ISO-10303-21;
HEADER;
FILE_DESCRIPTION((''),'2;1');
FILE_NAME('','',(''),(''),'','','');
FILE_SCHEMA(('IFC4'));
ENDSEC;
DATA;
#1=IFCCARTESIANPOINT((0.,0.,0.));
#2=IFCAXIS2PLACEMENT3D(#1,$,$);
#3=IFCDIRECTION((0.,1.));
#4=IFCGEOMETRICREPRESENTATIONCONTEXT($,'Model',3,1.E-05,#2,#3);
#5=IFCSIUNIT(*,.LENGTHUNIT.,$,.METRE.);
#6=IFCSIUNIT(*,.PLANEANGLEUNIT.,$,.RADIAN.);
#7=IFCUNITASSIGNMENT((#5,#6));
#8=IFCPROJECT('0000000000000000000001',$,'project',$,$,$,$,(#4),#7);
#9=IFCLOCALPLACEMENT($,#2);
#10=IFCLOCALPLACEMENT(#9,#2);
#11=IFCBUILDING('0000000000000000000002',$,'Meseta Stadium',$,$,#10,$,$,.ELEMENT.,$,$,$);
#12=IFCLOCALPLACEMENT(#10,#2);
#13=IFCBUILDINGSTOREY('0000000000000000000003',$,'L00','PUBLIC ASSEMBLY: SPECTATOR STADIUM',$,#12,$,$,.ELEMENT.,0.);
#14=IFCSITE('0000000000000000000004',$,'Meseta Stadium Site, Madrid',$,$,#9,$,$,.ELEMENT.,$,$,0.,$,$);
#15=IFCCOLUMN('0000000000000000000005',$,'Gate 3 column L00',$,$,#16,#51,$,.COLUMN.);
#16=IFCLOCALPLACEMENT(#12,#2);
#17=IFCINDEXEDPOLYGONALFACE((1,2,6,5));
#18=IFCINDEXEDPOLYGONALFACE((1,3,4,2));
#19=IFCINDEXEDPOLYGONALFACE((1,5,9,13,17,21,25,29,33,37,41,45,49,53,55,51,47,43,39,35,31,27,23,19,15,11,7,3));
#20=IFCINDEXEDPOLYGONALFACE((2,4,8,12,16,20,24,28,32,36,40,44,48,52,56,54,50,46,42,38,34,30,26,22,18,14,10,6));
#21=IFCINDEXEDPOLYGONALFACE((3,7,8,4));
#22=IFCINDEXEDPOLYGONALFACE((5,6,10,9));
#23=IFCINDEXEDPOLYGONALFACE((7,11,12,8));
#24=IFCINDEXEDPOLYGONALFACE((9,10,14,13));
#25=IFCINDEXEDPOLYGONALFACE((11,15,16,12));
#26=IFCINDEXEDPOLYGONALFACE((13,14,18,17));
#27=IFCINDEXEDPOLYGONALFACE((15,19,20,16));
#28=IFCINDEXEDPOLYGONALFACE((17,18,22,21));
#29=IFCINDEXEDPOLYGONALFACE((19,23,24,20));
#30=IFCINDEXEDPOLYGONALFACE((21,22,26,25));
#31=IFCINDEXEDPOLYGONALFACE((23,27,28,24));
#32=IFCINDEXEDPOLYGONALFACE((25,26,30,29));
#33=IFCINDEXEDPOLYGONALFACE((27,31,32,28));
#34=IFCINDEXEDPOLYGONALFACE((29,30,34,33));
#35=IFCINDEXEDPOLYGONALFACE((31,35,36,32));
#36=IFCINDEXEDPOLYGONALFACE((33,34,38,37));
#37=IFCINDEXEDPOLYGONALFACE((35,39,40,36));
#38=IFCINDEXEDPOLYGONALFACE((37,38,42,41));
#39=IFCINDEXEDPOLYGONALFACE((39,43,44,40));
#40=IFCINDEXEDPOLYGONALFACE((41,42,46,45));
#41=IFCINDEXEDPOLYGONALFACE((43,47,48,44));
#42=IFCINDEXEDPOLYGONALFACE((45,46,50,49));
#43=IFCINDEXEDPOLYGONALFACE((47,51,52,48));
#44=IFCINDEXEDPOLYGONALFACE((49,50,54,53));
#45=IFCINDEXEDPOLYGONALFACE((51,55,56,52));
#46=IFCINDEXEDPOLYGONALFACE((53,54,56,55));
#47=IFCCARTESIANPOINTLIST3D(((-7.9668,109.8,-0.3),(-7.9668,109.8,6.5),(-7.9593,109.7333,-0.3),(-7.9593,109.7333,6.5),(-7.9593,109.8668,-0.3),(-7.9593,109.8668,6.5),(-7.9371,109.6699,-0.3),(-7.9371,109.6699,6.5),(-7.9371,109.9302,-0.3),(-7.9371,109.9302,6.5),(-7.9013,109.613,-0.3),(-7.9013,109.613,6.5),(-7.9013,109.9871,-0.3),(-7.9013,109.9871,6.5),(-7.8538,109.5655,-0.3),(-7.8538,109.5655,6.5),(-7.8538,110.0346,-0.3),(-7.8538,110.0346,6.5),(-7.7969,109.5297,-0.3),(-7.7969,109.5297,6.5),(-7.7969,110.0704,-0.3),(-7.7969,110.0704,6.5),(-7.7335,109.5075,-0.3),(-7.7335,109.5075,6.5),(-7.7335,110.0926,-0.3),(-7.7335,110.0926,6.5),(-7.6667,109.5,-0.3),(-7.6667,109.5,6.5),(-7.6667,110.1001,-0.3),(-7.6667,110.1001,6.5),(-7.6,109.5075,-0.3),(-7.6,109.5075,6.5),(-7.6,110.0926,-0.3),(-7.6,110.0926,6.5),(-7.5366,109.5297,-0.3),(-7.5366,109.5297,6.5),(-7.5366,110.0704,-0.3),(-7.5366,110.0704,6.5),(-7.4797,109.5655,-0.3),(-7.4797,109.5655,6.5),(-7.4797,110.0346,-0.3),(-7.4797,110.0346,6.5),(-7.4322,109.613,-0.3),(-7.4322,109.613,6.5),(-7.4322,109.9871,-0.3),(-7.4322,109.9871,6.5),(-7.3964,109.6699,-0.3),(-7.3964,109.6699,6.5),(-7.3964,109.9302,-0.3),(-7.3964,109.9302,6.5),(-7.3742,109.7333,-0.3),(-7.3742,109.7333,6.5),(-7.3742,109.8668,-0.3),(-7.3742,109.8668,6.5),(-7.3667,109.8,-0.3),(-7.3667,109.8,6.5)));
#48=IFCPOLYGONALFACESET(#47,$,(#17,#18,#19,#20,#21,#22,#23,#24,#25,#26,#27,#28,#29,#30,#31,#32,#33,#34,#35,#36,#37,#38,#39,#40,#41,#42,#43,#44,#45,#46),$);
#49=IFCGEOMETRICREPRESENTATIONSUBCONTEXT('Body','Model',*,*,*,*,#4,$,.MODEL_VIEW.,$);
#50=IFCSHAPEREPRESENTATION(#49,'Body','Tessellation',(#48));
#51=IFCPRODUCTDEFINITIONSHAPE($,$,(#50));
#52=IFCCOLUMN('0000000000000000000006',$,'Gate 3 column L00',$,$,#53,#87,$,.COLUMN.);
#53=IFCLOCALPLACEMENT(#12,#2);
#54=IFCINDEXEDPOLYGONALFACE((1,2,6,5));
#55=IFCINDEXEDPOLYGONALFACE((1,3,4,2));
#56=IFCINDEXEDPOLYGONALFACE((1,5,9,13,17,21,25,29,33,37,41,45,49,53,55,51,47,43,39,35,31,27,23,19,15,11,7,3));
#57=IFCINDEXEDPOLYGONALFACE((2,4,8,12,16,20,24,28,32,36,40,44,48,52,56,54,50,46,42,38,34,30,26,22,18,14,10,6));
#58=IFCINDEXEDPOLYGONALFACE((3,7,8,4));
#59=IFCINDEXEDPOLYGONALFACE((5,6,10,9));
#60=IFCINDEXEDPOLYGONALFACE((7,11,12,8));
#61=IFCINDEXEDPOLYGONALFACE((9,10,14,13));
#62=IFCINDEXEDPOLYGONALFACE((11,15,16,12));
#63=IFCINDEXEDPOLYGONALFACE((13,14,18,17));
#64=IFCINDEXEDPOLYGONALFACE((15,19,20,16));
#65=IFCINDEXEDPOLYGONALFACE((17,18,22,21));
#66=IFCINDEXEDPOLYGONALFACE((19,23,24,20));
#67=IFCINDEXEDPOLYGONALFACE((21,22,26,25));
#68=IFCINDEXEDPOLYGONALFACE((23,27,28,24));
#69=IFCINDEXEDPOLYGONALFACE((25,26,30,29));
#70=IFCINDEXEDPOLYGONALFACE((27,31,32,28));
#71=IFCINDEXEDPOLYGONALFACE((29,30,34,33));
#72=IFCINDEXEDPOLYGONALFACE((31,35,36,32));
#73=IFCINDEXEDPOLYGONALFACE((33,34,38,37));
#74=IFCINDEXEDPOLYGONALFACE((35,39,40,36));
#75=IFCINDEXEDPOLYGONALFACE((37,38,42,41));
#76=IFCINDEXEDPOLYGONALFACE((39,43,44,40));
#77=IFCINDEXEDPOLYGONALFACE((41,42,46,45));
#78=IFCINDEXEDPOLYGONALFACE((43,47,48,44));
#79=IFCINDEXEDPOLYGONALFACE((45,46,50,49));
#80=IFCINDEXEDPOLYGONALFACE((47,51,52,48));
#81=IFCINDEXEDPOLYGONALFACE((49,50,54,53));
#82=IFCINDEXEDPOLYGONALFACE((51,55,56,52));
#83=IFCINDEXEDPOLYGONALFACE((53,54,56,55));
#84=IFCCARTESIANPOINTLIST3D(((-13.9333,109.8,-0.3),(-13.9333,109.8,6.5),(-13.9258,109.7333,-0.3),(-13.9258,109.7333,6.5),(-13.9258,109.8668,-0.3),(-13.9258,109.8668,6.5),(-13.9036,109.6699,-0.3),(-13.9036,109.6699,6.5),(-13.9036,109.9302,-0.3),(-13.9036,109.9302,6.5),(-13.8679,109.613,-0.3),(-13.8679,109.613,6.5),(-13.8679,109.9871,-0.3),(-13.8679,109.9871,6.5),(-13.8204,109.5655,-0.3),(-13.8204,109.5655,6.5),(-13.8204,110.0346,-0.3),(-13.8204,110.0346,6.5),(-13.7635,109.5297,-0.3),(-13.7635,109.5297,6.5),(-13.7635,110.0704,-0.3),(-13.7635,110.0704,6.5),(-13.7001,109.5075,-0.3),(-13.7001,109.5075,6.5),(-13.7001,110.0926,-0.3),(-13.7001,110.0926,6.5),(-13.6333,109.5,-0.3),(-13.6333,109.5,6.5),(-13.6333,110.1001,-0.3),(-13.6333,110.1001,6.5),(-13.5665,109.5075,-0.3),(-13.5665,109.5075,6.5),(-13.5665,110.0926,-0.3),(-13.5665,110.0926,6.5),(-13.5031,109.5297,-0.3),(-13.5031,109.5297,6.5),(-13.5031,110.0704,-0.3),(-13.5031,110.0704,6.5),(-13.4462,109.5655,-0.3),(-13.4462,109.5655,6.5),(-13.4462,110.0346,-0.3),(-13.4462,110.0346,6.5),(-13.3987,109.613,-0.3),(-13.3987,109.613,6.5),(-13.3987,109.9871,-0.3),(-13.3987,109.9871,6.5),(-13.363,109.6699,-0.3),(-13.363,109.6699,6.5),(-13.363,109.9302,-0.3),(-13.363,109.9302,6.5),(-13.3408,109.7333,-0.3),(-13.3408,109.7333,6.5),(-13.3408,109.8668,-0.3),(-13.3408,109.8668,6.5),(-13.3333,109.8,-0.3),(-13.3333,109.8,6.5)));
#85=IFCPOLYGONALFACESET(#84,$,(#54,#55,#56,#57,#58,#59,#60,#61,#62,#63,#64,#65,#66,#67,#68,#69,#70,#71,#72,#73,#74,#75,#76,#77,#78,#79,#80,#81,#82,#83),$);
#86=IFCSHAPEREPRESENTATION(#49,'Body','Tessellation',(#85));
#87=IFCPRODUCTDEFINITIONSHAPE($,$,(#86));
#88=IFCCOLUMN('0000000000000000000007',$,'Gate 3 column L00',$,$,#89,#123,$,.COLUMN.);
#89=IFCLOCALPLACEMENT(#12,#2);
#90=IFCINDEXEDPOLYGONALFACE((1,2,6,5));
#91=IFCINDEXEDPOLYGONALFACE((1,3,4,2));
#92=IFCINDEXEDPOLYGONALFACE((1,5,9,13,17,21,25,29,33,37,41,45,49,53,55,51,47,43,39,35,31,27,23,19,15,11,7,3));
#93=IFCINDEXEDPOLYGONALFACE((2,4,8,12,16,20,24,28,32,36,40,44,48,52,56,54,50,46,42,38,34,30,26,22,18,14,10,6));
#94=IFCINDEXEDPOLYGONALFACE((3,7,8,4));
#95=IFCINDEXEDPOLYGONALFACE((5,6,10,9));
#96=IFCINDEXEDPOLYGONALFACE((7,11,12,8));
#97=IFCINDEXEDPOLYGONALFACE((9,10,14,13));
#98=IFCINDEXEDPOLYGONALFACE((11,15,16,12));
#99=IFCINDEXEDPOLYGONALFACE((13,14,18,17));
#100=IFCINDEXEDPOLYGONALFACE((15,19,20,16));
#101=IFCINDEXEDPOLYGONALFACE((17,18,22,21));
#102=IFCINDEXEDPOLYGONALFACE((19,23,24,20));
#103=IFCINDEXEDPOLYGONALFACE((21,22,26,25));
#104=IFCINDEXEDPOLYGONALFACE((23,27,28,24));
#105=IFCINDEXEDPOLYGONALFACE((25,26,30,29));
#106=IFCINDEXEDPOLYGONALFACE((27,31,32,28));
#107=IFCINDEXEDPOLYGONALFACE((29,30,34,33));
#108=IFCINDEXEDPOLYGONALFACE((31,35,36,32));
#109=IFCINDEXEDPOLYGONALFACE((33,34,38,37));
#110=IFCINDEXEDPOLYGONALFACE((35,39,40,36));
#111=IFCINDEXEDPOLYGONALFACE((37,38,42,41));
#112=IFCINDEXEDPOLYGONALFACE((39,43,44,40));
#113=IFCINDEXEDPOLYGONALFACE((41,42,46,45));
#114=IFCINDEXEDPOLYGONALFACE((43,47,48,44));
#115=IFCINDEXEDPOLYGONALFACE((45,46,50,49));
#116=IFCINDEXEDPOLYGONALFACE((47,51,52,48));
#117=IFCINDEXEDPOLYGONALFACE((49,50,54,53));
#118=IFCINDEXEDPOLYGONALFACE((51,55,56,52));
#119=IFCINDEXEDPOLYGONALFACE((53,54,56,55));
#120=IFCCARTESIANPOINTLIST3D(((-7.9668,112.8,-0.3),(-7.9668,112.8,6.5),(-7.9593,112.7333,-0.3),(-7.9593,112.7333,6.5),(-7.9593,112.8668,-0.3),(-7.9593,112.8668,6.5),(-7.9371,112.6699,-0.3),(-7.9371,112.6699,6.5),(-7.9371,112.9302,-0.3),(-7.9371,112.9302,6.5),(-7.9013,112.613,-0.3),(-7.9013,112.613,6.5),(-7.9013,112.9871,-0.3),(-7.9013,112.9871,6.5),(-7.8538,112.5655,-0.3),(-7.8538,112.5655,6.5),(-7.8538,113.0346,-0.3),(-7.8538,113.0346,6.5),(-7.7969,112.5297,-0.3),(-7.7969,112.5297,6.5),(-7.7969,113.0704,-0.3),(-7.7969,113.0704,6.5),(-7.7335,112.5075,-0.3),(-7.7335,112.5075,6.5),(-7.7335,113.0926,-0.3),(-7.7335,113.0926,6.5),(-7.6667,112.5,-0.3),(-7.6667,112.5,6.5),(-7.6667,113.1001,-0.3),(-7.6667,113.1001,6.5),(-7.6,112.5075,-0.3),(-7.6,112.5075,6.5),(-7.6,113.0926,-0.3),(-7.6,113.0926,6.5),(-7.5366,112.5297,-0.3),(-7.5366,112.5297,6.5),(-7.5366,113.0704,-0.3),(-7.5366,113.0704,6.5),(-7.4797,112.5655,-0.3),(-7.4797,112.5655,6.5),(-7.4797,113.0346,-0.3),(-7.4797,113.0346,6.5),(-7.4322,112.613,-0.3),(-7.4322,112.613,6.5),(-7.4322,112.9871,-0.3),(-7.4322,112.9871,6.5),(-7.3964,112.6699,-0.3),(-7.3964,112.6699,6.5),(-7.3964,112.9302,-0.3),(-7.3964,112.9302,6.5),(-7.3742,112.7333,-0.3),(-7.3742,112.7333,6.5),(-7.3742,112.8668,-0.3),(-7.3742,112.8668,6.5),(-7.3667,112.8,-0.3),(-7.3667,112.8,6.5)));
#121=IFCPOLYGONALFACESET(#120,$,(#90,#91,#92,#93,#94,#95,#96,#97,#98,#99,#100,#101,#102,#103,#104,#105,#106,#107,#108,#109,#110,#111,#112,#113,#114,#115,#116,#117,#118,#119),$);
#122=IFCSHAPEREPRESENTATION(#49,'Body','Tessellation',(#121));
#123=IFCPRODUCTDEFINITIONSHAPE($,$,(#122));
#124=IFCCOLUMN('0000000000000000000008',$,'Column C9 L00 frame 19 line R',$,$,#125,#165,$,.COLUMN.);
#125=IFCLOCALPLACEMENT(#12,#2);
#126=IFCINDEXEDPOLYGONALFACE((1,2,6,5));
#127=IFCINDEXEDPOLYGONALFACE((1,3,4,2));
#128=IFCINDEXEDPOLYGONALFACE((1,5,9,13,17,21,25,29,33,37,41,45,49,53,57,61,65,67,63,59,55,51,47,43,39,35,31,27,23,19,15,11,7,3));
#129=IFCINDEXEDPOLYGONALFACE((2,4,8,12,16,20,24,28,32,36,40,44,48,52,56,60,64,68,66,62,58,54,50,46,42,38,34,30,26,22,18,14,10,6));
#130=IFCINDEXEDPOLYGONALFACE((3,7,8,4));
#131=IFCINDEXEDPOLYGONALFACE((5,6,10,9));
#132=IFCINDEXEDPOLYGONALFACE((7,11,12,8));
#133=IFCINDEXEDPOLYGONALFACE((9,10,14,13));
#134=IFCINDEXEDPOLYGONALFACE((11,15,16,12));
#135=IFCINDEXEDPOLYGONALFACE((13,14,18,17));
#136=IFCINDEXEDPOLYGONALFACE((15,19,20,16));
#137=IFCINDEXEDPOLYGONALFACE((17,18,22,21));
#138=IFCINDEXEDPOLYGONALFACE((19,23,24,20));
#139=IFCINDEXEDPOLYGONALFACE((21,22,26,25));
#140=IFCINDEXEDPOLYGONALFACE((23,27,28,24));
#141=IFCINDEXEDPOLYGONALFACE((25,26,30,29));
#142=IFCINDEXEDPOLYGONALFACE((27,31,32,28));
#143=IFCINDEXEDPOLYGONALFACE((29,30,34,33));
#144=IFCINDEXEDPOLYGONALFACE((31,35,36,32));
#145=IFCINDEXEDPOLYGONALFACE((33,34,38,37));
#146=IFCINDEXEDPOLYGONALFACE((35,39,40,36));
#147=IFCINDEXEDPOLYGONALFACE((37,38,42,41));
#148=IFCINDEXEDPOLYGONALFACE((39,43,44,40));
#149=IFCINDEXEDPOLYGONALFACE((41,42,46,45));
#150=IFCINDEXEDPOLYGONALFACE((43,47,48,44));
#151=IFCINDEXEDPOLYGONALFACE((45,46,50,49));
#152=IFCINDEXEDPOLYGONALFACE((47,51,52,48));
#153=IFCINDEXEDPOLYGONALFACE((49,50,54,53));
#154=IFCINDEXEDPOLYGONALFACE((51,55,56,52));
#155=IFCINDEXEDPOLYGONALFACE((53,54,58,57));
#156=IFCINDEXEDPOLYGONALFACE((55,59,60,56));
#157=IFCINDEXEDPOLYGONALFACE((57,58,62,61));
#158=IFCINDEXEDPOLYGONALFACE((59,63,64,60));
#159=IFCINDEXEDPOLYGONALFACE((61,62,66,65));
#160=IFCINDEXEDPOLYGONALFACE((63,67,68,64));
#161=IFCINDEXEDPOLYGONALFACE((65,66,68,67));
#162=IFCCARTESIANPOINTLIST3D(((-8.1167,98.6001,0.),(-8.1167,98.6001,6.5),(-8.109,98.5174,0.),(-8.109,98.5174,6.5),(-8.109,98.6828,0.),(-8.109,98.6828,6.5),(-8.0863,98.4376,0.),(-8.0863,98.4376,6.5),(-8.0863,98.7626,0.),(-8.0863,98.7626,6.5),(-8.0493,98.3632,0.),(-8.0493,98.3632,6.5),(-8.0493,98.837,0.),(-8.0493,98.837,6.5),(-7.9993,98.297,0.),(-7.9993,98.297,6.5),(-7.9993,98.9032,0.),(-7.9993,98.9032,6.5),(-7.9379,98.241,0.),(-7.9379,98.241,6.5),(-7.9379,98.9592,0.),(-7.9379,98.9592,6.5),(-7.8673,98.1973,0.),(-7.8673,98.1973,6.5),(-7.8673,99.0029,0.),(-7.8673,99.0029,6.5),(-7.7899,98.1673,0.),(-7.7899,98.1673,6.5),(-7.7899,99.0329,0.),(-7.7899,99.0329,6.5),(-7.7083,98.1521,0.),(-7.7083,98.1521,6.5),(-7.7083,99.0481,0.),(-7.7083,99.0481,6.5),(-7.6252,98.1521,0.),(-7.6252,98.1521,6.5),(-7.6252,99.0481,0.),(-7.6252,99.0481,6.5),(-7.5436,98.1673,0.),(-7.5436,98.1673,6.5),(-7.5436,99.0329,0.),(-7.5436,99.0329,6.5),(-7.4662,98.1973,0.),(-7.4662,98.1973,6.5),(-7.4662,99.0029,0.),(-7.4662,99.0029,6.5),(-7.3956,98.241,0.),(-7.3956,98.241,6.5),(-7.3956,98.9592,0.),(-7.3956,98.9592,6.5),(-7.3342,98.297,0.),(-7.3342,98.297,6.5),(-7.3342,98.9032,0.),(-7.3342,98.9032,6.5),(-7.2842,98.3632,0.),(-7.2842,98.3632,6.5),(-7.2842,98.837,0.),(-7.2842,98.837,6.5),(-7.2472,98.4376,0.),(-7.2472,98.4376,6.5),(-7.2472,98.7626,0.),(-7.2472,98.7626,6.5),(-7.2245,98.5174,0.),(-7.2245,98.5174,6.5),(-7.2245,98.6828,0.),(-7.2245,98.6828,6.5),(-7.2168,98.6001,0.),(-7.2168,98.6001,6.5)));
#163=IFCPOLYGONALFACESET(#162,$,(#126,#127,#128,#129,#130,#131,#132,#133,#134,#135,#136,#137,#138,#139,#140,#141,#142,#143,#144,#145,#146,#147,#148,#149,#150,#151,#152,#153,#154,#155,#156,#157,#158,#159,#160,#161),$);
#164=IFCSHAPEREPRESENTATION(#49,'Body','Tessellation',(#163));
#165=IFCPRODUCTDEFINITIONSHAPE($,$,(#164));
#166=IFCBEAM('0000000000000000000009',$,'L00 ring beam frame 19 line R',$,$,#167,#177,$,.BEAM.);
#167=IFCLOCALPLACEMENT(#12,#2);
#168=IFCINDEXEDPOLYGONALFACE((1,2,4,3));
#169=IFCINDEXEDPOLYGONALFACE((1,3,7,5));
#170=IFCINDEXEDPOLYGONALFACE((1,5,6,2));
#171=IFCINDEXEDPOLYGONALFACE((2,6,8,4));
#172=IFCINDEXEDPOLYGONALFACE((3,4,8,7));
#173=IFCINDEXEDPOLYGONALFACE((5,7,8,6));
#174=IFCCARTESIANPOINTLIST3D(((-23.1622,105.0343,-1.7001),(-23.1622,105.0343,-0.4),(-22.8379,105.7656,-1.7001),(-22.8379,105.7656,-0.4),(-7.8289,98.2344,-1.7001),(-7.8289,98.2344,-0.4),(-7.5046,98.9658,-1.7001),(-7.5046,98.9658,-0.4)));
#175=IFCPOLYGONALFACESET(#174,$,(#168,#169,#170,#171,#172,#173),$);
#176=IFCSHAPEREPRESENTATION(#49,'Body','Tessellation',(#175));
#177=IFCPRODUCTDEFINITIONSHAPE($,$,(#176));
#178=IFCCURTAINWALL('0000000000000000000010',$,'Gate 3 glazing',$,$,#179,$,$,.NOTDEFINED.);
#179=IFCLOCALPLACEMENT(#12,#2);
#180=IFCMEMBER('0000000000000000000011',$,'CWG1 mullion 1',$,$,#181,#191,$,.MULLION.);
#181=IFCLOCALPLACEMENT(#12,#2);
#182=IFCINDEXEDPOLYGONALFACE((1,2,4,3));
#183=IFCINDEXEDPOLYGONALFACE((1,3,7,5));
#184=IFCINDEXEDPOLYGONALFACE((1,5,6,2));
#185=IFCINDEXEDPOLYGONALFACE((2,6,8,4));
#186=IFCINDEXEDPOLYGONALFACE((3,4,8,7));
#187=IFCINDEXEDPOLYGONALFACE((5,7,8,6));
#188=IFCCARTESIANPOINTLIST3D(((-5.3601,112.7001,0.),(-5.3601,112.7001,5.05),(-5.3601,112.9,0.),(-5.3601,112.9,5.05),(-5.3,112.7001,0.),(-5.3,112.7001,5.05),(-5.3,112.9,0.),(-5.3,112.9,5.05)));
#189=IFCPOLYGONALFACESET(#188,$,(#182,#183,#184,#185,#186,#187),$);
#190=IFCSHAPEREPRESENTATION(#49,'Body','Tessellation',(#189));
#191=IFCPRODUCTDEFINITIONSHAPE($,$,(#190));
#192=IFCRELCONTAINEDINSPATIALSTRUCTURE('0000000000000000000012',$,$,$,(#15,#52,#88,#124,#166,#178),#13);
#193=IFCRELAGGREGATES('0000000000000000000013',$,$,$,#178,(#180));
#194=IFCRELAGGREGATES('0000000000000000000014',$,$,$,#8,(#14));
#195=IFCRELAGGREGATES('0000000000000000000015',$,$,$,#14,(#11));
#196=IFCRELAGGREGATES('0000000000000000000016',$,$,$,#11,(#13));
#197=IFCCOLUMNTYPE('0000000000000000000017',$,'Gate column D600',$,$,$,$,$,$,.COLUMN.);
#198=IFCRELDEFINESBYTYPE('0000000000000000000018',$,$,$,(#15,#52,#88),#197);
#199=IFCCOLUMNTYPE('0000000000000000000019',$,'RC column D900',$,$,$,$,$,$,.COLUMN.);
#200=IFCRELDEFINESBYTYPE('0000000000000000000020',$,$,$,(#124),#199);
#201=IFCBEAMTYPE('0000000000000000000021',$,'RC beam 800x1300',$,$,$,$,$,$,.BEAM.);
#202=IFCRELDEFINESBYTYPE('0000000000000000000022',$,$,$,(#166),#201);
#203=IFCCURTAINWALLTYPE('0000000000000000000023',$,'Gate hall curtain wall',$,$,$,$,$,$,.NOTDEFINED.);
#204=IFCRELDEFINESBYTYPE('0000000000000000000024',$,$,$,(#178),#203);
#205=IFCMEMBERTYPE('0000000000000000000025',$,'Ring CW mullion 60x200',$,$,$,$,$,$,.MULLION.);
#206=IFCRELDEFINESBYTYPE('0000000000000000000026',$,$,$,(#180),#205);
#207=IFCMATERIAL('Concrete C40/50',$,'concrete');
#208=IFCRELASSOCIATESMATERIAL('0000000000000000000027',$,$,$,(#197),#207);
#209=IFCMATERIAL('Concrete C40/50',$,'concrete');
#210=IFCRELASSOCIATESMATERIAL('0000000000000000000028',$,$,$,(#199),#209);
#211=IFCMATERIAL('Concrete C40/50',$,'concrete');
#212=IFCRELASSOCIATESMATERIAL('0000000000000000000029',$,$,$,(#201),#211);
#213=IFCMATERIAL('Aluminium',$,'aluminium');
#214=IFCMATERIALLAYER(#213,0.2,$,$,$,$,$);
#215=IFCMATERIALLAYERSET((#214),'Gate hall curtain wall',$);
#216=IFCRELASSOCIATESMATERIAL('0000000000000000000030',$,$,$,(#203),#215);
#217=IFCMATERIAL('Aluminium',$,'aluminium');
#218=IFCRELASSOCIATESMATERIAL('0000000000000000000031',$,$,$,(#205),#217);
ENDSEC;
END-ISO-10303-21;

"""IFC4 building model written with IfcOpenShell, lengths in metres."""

from ifc_helpers import new_model, si_unit, direction, frame, origin, origin_2d, place, context, subcontext, project, spatial, rectangle, circle, extrude, material, layer, layer_set, material_profile, profile_set, type_object, element, aggregate, save


model = new_model("IFC4")

# Units and contexts
model_context = context("Model", 3, precision=1e-05, world=origin(), true_north=direction((0.0, 1.0)))
body_context = subcontext(model_context, "Body", "Model", "MODEL_VIEW")
ifc_project = project(units=[si_unit("LENGTHUNIT", "METRE"), si_unit("PLANEANGLEUNIT", "RADIAN")], contexts=[model_context])

# Site, building, storey
site_placement = place(None, origin())
site = spatial("IfcSite", under=ifc_project, at=site_placement, Name="Meseta Stadium Site, Madrid", CompositionType="ELEMENT", RefElevation=0.0)
building_placement = place(site_placement, origin())
building = spatial("IfcBuilding", under=site, at=building_placement, Name="Meseta Stadium", CompositionType="ELEMENT")
storey_placement = place(building_placement, origin())
storey = spatial("IfcBuildingStorey", under=building, at=storey_placement, Name="L00", Description="PUBLIC ASSEMBLY: SPECTATOR STADIUM", CompositionType="ELEMENT", Elevation=0.0)

# Columns
ifc_material_1 = material(Name="Concrete C40/50", Category="concrete")
ifc_material_profile_1 = material_profile(ifc_material_1, circle(Radius=0.3, at=origin_2d()), Name="RC D600")
ifc_profile_set_1 = profile_set([ifc_material_profile_1], Name="Concrete C40/50")
column_type_1 = type_object("IfcColumnType", Name="Gate column D600", PredefinedType="COLUMN", material=ifc_profile_set_1)
for number, where, z_axis, x_axis, name in (
    (1, (-7.6667, 109.8, -0.3), (0.0, 0.0, 1.0), (1.0, 0.0, 0.0), "Gate 3 column L00"),
    (2, (-13.6333, 109.8, -0.3), (0.0, 0.0, 1.0), (1.0, 0.0, 0.0), "Gate 3 column L00"),
    (3, (-7.6667, 112.8, -0.3), (0.0, 0.0, 1.0), (1.0, 0.0, 0.0), "Gate 3 column L00"),
):
    element("IfcColumn", number, at=place(storey_placement, frame(where, z_axis=z_axis, x_axis=x_axis)), inside=storey, type_object=column_type_1, Name=name, PredefinedType="COLUMN", context=body_context, shape_type="SweptSolid", body=[
        extrude(circle(Radius=0.3, at=origin_2d()), origin(), (0.0, 0.0, 1.0), 6.8),
    ])
ifc_material_2 = material(Name="Concrete C40/50", Category="concrete")
ifc_material_profile_2 = material_profile(ifc_material_2, circle(Radius=0.45, at=origin_2d()), Name="RC D900")
ifc_profile_set_2 = profile_set([ifc_material_profile_2], Name="Concrete C40/50")
column_type_2 = type_object("IfcColumnType", Name="RC column D900", PredefinedType="COLUMN", material=ifc_profile_set_2)
column_placement = place(storey_placement, frame((-7.6667, 98.6001, 0.0), z_axis=(0.0, 0.0, 1.0), x_axis=(1.0, 0.0, 0.0)))
element("IfcColumn", 4, at=column_placement, inside=storey, type_object=column_type_2, Name="Column C9 L00 frame 19 line R", PredefinedType="COLUMN", context=body_context, shape_type="SweptSolid", body=[
    extrude(circle(Radius=0.45, at=origin_2d()), origin(), (0.0, 0.0, 1.0), 6.5),
])

# Beam
ifc_material_3 = material(Name="Concrete C40/50", Category="concrete")
ifc_material_profile_3 = material_profile(ifc_material_3, rectangle(XDim=0.8, YDim=1.3, at=origin_2d()), Name="RC 800x1300")
ifc_profile_set_3 = profile_set([ifc_material_profile_3], Name="Concrete C40/50")
beam_type = type_object("IfcBeamType", Name="RC beam 800x1300", PredefinedType="BEAM", material=ifc_profile_set_3)
beam_placement = place(storey_placement, frame((-7.6667, 98.6001, -1.05), z_axis=(-0.914143, 0.405393, 0.0), x_axis=(-0.405393, -0.914143, 0.0)))
element("IfcBeam", 5, at=beam_placement, inside=storey, type_object=beam_type, Name="L00 ring beam frame 19 line R", PredefinedType="BEAM", context=body_context, shape_type="SweptSolid", body=[
    extrude(rectangle(XDim=0.8, YDim=1.3, at=origin_2d()), origin(), (0.0, 0.0, 1.0), 16.7734),
])

# Curtain wall, member
ifc_material_4 = material(Name="Aluminium", Category="aluminium")
ifc_layer_1 = layer(ifc_material_4, 0.2)
ifc_layer_set_1 = layer_set([ifc_layer_1], Name="Gate hall curtain wall")
curtain_wall_type = type_object("IfcCurtainWallType", Name="Gate hall curtain wall", PredefinedType="NOTDEFINED", material=ifc_layer_set_1)
curtain_wall_placement = place(storey_placement, origin())
curtain_wall = element("IfcCurtainWall", 6, at=curtain_wall_placement, inside=storey, type_object=curtain_wall_type, Name="Gate 3 glazing", PredefinedType="NOTDEFINED")
ifc_material_5 = material(Name="Aluminium", Category="aluminium")
ifc_material_profile_4 = material_profile(ifc_material_5, rectangle(XDim=0.2, YDim=0.0601, at=origin_2d()), Name="CW 200x60")
ifc_profile_set_4 = profile_set([ifc_material_profile_4], Name="Aluminium")
member_type_1 = type_object("IfcMemberType", Name="Ring CW mullion 60x200", PredefinedType="MULLION", material=ifc_profile_set_4)
member_1_placement = place(storey_placement, frame((-5.3301, 112.8, 0.0), z_axis=(0.0, 0.0, 1.0), x_axis=(0.0, -1.0, 0.0)))
member_1 = element("IfcMember", 7, at=member_1_placement, type_object=member_type_1, Name="CWG1 mullion 1", PredefinedType="MULLION", context=body_context, shape_type="SweptSolid", body=[
    extrude(rectangle(XDim=0.2, YDim=0.0601, at=origin_2d()), origin(), (0.0, 0.0, 1.0), 5.05),
])
aggregate(curtain_wall, [member_1])

save(model, "model.ifc")
